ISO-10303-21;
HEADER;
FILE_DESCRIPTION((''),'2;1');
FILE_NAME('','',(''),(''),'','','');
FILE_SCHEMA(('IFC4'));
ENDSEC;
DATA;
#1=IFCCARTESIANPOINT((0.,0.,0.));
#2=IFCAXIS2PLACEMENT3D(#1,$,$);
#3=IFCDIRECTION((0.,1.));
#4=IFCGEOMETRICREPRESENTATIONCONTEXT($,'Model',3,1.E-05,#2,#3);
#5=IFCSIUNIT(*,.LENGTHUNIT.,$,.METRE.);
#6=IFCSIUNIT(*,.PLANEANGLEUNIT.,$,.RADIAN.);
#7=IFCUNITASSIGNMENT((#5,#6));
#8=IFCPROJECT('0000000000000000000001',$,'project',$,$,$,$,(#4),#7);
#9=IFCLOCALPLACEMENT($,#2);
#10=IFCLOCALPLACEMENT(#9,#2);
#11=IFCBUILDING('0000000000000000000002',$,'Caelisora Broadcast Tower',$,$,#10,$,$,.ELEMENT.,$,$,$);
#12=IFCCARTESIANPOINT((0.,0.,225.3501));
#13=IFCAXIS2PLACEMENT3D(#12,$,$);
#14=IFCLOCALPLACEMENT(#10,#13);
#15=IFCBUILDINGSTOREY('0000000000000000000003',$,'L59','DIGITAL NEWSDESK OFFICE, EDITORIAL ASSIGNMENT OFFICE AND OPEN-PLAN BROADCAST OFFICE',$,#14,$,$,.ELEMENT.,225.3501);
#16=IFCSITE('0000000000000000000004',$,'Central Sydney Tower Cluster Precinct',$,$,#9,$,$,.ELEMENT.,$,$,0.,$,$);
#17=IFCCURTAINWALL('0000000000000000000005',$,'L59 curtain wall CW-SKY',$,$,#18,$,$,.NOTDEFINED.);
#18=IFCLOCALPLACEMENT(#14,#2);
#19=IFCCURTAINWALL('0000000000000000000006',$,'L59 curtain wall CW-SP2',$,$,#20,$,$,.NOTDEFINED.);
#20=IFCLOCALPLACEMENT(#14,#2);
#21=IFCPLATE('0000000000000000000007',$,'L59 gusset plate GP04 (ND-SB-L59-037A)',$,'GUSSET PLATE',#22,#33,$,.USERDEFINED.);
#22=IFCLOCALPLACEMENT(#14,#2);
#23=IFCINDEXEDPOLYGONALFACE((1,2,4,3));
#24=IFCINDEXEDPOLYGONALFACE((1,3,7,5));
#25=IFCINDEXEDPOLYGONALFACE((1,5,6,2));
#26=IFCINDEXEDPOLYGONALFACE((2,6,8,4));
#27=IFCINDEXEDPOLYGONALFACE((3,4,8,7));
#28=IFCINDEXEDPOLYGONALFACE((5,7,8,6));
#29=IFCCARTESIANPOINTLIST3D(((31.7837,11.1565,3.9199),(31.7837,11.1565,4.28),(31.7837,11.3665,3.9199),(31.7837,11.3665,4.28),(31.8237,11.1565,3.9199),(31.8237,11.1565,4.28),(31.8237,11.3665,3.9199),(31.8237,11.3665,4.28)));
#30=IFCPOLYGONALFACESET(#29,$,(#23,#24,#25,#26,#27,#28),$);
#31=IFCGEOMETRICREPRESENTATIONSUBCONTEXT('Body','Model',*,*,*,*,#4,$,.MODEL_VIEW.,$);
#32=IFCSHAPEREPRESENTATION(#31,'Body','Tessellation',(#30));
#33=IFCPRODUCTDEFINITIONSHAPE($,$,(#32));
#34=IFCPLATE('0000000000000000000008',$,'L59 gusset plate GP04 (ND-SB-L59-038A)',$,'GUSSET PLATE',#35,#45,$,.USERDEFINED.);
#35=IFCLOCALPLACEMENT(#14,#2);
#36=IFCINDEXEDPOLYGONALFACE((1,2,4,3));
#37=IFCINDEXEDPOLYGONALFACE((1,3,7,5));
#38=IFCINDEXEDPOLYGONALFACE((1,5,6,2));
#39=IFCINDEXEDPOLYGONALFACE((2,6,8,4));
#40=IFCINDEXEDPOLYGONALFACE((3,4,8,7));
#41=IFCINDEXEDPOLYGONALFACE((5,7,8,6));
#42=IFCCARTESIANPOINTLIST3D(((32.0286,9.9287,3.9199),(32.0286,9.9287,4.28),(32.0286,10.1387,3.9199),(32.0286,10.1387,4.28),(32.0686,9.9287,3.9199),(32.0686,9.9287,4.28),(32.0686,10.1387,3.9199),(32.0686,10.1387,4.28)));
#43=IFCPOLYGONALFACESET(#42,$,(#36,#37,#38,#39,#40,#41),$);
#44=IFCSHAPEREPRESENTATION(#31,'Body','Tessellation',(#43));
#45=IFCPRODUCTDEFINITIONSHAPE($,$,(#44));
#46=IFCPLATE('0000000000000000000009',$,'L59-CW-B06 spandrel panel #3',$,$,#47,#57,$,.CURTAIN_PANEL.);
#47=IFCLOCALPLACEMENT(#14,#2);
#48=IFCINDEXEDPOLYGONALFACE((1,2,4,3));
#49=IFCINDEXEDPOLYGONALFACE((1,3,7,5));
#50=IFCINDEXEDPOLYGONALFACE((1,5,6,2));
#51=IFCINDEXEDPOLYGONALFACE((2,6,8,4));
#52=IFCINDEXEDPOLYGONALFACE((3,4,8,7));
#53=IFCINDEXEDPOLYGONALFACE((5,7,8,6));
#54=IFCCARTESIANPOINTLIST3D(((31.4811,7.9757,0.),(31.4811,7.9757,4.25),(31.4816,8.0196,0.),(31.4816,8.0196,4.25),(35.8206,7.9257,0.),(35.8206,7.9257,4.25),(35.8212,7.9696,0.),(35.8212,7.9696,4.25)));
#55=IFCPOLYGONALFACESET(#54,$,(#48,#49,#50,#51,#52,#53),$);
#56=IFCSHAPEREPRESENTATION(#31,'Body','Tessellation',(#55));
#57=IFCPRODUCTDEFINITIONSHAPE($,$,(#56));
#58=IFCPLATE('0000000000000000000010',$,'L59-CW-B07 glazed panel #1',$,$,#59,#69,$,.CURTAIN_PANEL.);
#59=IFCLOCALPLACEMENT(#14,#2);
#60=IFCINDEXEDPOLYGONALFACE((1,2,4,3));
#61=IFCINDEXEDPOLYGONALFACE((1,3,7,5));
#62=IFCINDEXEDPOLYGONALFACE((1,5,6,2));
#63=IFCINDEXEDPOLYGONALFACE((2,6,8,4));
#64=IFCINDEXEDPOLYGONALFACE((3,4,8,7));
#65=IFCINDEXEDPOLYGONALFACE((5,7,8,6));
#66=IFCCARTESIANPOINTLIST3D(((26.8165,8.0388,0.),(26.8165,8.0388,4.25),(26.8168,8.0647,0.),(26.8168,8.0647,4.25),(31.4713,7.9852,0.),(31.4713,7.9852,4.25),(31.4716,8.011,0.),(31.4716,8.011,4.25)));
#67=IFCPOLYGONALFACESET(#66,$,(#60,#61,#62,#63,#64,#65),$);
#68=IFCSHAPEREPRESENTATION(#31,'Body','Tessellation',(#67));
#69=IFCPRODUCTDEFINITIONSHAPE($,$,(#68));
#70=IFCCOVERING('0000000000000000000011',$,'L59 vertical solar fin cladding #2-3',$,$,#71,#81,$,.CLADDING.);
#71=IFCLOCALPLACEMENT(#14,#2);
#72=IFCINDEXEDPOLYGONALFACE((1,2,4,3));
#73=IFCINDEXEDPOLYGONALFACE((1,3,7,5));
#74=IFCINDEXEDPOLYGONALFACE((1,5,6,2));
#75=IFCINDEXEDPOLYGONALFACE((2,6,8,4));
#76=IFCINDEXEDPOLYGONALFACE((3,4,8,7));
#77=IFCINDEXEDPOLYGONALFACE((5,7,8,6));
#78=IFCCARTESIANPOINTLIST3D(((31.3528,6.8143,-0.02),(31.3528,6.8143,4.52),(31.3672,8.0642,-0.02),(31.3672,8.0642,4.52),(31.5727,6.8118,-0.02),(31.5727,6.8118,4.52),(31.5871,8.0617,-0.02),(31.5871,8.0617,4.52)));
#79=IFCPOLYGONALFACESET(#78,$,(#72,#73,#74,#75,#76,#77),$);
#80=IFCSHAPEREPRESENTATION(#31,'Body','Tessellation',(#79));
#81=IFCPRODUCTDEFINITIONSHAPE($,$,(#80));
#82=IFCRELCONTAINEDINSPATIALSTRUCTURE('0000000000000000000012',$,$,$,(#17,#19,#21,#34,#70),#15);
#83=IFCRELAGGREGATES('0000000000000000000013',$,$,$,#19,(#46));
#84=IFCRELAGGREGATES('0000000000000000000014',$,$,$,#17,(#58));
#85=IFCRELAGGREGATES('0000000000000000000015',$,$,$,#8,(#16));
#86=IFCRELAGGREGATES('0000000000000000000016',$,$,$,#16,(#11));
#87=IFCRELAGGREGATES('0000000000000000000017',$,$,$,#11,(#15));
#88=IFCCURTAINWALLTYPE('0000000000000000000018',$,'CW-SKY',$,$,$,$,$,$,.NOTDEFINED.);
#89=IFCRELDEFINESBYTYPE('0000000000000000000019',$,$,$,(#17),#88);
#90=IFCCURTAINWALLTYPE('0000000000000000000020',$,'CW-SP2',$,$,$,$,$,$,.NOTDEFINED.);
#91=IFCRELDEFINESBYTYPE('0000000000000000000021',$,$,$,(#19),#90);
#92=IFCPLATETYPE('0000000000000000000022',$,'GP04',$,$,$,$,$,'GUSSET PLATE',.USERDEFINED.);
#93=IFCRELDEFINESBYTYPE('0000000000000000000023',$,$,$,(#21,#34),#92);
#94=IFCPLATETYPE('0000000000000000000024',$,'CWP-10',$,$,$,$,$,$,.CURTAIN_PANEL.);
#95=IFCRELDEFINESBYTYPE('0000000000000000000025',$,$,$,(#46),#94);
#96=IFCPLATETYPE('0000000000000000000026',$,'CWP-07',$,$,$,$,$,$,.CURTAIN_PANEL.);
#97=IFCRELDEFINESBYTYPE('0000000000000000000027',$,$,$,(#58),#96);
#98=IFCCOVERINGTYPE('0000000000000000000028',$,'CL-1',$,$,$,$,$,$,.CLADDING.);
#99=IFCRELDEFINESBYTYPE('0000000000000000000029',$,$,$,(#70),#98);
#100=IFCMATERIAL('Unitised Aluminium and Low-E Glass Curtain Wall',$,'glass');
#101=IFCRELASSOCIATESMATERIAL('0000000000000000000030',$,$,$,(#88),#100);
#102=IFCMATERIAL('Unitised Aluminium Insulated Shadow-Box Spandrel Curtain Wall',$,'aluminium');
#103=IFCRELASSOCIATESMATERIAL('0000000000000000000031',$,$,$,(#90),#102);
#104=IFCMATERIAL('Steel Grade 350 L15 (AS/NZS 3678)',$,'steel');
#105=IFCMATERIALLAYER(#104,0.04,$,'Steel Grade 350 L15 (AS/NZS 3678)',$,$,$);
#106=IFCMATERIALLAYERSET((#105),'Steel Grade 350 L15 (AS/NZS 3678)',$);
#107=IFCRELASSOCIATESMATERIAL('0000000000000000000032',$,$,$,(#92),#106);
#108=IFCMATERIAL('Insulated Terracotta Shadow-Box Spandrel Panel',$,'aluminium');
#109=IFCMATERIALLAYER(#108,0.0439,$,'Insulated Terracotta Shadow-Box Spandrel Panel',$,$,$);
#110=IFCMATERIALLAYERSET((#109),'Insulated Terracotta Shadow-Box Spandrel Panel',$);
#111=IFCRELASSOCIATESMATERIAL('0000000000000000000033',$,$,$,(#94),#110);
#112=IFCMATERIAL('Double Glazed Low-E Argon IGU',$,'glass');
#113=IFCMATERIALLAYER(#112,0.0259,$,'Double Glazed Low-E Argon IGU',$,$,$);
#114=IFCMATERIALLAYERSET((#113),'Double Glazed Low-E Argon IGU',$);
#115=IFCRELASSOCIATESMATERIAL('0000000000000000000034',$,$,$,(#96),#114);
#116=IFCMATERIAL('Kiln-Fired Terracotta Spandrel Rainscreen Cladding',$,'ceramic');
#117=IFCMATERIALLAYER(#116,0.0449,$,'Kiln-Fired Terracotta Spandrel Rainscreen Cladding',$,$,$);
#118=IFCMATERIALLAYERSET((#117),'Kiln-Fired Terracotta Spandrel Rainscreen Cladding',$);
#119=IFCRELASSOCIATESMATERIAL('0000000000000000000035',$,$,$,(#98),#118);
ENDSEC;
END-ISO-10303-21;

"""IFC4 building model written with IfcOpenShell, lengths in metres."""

from ifc_helpers import new_model, si_unit, direction, frame, origin, origin_2d, place, context, subcontext, project, spatial, rectangle, extrude, source, transform, mapped, material, layer, layer_set, type_object, type_shapes, element, aggregate, save


model = new_model("IFC4")

# Units and contexts
model_context = context("Model", 3, precision=1e-05, world=origin(), true_north=direction((0.0, 1.0)))
body_context = subcontext(model_context, "Body", "Model", "MODEL_VIEW")
ifc_project = project(units=[si_unit("LENGTHUNIT", "METRE"), si_unit("PLANEANGLEUNIT", "RADIAN")], contexts=[model_context])

# Site, building, storey
site_placement = place(None, origin())
site = spatial("IfcSite", under=ifc_project, at=site_placement, Name="Central Sydney Tower Cluster Precinct", CompositionType="ELEMENT", RefElevation=0.0)
building_placement = place(site_placement, origin())
building = spatial("IfcBuilding", under=site, at=building_placement, Name="Caelisora Broadcast Tower", CompositionType="ELEMENT")
storey_placement = place(building_placement, frame((0.0, 0.0, 225.3501)))
storey = spatial("IfcBuildingStorey", under=building, at=storey_placement, Name="L59", Description="DIGITAL NEWSDESK OFFICE, EDITORIAL ASSIGNMENT OFFICE AND OPEN-PLAN BROADCAST OFFICE", CompositionType="ELEMENT", Elevation=225.3501)

# Shared definitions
ifc_material_1 = material(Name="Steel Grade 350 L15 (AS/NZS 3678)", Category="steel")

# Curtain walls
ifc_material_2 = material(Name="Unitised Aluminium and Low-E Glass Curtain Wall", Category="glass")
curtain_wall_type_1 = type_object("IfcCurtainWallType", Name="CW-SKY", PredefinedType="NOTDEFINED", material=ifc_material_2)
curtain_wall_1_placement = place(storey_placement, origin())
curtain_wall_1 = element("IfcCurtainWall", 1, at=curtain_wall_1_placement, inside=storey, type_object=curtain_wall_type_1, Name="L59 curtain wall CW-SKY", PredefinedType="NOTDEFINED")
ifc_material_3 = material(Name="Unitised Aluminium Insulated Shadow-Box Spandrel Curtain Wall", Category="aluminium")
curtain_wall_type_2 = type_object("IfcCurtainWallType", Name="CW-SP2", PredefinedType="NOTDEFINED", material=ifc_material_3)
curtain_wall_2_placement = place(storey_placement, origin())
curtain_wall_2 = element("IfcCurtainWall", 2, at=curtain_wall_2_placement, inside=storey, type_object=curtain_wall_type_2, Name="L59 curtain wall CW-SP2", PredefinedType="NOTDEFINED")

# Plates
ifc_layer_1 = layer(ifc_material_1, 0.04, Name="Steel Grade 350 L15 (AS/NZS 3678)")
ifc_layer_set_1 = layer_set([ifc_layer_1], Name="Steel Grade 350 L15 (AS/NZS 3678)")
plate_type_1 = type_object("IfcPlateType", Name="GP04", ElementType="GUSSET PLATE", PredefinedType="USERDEFINED", material=ifc_layer_set_1)
shared_shape_1 = source(origin(), body_context, "Body", "SweptSolid", [
    extrude(rectangle(XDim=0.21, YDim=0.04, at=origin_2d()), origin(), (0.0, 0.0, 1.0), 0.3601),
])
for number, where, z_axis, x_axis, name in (
    (3, (31.8037, 11.2615, 3.9199), (0.0, 0.0, 1.0), (0.0, 1.0, 0.0), "L59 gusset plate GP04 (ND-SB-L59-037A)"),
    (4, (32.0486, 10.0337, 3.9199), (0.0, 0.0, 1.0), (0.0, 1.0, 0.0), "L59 gusset plate GP04 (ND-SB-L59-038A)"),
):
    element("IfcPlate", number, at=place(storey_placement, frame(where, z_axis=z_axis, x_axis=x_axis)), inside=storey, type_object=plate_type_1, Name=name, ObjectType="GUSSET PLATE", PredefinedType="USERDEFINED", context=body_context, shape_type="MappedRepresentation", body=[
        mapped(shared_shape_1, transform((0.0, 0.0, 0.0), scale=1.0)),
    ])

# Plates
ifc_material_4 = material(Name="Insulated Terracotta Shadow-Box Spandrel Panel", Category="aluminium")
ifc_layer_2 = layer(ifc_material_4, 0.0439, Name="Insulated Terracotta Shadow-Box Spandrel Panel")
ifc_layer_set_2 = layer_set([ifc_layer_2], Name="Insulated Terracotta Shadow-Box Spandrel Panel")
plate_type_2 = type_object("IfcPlateType", Name="CWP-10", PredefinedType="CURTAIN_PANEL", material=ifc_layer_set_2)
shared_shape_2 = source(origin(), body_context, "Body", "SweptSolid", [
    extrude(rectangle(XDim=4.3398, YDim=0.0439, at=origin_2d()), origin(), (0.0, 0.0, 1.0), 4.25),
])
type_shapes(plate_type_2, [shared_shape_2])
plate_1_placement = place(storey_placement, frame((33.6511, 7.9727, 0.0), z_axis=(0.0, 0.0, 1.0), x_axis=(-0.999934, 0.011519, 0.0)))
plate_1 = element("IfcPlate", 5, at=plate_1_placement, type_object=plate_type_2, Name="L59-CW-B06 spandrel panel #3", PredefinedType="CURTAIN_PANEL", context=body_context, shape_type="MappedRepresentation", body=[
    mapped(shared_shape_2, transform((0.0, 0.0, 0.0), scale=1.0)),
])
aggregate(curtain_wall_2, [plate_1])
ifc_material_5 = material(Name="Double Glazed Low-E Argon IGU", Category="glass")
ifc_layer_3 = layer(ifc_material_5, 0.0259, Name="Double Glazed Low-E Argon IGU")
ifc_layer_set_3 = layer_set([ifc_layer_3], Name="Double Glazed Low-E Argon IGU")
plate_type_3 = type_object("IfcPlateType", Name="CWP-07", PredefinedType="CURTAIN_PANEL", material=ifc_layer_set_3)
shared_shape_3 = source(origin(), body_context, "Body", "SweptSolid", [
    extrude(rectangle(XDim=4.655, YDim=0.0259, at=origin_2d()), origin(), (0.0, 0.0, 1.0), 4.25),
])
type_shapes(plate_type_3, [shared_shape_3])
plate_2_placement = place(storey_placement, frame((29.144, 8.0249, 0.0), z_axis=(0.0, 0.0, 1.0), x_axis=(-0.999934, 0.011519, 0.0)))
plate_2 = element("IfcPlate", 6, at=plate_2_placement, type_object=plate_type_3, Name="L59-CW-B07 glazed panel #1", PredefinedType="CURTAIN_PANEL", context=body_context, shape_type="MappedRepresentation", body=[
    mapped(shared_shape_3, transform((0.0, 0.0, 0.0), scale=1.0)),
])
aggregate(curtain_wall_1, [plate_2])

# Covering
ifc_material_6 = material(Name="Kiln-Fired Terracotta Spandrel Rainscreen Cladding", Category="ceramic")
ifc_layer_4 = layer(ifc_material_6, 0.0449, Name="Kiln-Fired Terracotta Spandrel Rainscreen Cladding")
ifc_layer_set_4 = layer_set([ifc_layer_4], Name="Kiln-Fired Terracotta Spandrel Rainscreen Cladding")
covering_type = type_object("IfcCoveringType", Name="CL-1", PredefinedType="CLADDING", material=ifc_layer_set_4)
shared_shape_4 = source(origin(), body_context, "Body", "SweptSolid", [
    extrude(rectangle(XDim=0.22, YDim=1.25, at=origin_2d()), origin(), (0.0, 0.0, 1.0), 4.54),
])
type_shapes(covering_type, [shared_shape_4])
covering_placement = place(storey_placement, frame((31.47, 7.438, -0.02), z_axis=(0.0, 0.0, 1.0), x_axis=(-0.999934, 0.011519, 0.0)))
element("IfcCovering", 7, at=covering_placement, inside=storey, type_object=covering_type, Name="L59 vertical solar fin cladding #2-3", PredefinedType="CLADDING", context=body_context, shape_type="MappedRepresentation", body=[
    mapped(shared_shape_4, transform((0.0, 0.0, 0.0), scale=1.0)),
])

save(model, "model.ifc")
